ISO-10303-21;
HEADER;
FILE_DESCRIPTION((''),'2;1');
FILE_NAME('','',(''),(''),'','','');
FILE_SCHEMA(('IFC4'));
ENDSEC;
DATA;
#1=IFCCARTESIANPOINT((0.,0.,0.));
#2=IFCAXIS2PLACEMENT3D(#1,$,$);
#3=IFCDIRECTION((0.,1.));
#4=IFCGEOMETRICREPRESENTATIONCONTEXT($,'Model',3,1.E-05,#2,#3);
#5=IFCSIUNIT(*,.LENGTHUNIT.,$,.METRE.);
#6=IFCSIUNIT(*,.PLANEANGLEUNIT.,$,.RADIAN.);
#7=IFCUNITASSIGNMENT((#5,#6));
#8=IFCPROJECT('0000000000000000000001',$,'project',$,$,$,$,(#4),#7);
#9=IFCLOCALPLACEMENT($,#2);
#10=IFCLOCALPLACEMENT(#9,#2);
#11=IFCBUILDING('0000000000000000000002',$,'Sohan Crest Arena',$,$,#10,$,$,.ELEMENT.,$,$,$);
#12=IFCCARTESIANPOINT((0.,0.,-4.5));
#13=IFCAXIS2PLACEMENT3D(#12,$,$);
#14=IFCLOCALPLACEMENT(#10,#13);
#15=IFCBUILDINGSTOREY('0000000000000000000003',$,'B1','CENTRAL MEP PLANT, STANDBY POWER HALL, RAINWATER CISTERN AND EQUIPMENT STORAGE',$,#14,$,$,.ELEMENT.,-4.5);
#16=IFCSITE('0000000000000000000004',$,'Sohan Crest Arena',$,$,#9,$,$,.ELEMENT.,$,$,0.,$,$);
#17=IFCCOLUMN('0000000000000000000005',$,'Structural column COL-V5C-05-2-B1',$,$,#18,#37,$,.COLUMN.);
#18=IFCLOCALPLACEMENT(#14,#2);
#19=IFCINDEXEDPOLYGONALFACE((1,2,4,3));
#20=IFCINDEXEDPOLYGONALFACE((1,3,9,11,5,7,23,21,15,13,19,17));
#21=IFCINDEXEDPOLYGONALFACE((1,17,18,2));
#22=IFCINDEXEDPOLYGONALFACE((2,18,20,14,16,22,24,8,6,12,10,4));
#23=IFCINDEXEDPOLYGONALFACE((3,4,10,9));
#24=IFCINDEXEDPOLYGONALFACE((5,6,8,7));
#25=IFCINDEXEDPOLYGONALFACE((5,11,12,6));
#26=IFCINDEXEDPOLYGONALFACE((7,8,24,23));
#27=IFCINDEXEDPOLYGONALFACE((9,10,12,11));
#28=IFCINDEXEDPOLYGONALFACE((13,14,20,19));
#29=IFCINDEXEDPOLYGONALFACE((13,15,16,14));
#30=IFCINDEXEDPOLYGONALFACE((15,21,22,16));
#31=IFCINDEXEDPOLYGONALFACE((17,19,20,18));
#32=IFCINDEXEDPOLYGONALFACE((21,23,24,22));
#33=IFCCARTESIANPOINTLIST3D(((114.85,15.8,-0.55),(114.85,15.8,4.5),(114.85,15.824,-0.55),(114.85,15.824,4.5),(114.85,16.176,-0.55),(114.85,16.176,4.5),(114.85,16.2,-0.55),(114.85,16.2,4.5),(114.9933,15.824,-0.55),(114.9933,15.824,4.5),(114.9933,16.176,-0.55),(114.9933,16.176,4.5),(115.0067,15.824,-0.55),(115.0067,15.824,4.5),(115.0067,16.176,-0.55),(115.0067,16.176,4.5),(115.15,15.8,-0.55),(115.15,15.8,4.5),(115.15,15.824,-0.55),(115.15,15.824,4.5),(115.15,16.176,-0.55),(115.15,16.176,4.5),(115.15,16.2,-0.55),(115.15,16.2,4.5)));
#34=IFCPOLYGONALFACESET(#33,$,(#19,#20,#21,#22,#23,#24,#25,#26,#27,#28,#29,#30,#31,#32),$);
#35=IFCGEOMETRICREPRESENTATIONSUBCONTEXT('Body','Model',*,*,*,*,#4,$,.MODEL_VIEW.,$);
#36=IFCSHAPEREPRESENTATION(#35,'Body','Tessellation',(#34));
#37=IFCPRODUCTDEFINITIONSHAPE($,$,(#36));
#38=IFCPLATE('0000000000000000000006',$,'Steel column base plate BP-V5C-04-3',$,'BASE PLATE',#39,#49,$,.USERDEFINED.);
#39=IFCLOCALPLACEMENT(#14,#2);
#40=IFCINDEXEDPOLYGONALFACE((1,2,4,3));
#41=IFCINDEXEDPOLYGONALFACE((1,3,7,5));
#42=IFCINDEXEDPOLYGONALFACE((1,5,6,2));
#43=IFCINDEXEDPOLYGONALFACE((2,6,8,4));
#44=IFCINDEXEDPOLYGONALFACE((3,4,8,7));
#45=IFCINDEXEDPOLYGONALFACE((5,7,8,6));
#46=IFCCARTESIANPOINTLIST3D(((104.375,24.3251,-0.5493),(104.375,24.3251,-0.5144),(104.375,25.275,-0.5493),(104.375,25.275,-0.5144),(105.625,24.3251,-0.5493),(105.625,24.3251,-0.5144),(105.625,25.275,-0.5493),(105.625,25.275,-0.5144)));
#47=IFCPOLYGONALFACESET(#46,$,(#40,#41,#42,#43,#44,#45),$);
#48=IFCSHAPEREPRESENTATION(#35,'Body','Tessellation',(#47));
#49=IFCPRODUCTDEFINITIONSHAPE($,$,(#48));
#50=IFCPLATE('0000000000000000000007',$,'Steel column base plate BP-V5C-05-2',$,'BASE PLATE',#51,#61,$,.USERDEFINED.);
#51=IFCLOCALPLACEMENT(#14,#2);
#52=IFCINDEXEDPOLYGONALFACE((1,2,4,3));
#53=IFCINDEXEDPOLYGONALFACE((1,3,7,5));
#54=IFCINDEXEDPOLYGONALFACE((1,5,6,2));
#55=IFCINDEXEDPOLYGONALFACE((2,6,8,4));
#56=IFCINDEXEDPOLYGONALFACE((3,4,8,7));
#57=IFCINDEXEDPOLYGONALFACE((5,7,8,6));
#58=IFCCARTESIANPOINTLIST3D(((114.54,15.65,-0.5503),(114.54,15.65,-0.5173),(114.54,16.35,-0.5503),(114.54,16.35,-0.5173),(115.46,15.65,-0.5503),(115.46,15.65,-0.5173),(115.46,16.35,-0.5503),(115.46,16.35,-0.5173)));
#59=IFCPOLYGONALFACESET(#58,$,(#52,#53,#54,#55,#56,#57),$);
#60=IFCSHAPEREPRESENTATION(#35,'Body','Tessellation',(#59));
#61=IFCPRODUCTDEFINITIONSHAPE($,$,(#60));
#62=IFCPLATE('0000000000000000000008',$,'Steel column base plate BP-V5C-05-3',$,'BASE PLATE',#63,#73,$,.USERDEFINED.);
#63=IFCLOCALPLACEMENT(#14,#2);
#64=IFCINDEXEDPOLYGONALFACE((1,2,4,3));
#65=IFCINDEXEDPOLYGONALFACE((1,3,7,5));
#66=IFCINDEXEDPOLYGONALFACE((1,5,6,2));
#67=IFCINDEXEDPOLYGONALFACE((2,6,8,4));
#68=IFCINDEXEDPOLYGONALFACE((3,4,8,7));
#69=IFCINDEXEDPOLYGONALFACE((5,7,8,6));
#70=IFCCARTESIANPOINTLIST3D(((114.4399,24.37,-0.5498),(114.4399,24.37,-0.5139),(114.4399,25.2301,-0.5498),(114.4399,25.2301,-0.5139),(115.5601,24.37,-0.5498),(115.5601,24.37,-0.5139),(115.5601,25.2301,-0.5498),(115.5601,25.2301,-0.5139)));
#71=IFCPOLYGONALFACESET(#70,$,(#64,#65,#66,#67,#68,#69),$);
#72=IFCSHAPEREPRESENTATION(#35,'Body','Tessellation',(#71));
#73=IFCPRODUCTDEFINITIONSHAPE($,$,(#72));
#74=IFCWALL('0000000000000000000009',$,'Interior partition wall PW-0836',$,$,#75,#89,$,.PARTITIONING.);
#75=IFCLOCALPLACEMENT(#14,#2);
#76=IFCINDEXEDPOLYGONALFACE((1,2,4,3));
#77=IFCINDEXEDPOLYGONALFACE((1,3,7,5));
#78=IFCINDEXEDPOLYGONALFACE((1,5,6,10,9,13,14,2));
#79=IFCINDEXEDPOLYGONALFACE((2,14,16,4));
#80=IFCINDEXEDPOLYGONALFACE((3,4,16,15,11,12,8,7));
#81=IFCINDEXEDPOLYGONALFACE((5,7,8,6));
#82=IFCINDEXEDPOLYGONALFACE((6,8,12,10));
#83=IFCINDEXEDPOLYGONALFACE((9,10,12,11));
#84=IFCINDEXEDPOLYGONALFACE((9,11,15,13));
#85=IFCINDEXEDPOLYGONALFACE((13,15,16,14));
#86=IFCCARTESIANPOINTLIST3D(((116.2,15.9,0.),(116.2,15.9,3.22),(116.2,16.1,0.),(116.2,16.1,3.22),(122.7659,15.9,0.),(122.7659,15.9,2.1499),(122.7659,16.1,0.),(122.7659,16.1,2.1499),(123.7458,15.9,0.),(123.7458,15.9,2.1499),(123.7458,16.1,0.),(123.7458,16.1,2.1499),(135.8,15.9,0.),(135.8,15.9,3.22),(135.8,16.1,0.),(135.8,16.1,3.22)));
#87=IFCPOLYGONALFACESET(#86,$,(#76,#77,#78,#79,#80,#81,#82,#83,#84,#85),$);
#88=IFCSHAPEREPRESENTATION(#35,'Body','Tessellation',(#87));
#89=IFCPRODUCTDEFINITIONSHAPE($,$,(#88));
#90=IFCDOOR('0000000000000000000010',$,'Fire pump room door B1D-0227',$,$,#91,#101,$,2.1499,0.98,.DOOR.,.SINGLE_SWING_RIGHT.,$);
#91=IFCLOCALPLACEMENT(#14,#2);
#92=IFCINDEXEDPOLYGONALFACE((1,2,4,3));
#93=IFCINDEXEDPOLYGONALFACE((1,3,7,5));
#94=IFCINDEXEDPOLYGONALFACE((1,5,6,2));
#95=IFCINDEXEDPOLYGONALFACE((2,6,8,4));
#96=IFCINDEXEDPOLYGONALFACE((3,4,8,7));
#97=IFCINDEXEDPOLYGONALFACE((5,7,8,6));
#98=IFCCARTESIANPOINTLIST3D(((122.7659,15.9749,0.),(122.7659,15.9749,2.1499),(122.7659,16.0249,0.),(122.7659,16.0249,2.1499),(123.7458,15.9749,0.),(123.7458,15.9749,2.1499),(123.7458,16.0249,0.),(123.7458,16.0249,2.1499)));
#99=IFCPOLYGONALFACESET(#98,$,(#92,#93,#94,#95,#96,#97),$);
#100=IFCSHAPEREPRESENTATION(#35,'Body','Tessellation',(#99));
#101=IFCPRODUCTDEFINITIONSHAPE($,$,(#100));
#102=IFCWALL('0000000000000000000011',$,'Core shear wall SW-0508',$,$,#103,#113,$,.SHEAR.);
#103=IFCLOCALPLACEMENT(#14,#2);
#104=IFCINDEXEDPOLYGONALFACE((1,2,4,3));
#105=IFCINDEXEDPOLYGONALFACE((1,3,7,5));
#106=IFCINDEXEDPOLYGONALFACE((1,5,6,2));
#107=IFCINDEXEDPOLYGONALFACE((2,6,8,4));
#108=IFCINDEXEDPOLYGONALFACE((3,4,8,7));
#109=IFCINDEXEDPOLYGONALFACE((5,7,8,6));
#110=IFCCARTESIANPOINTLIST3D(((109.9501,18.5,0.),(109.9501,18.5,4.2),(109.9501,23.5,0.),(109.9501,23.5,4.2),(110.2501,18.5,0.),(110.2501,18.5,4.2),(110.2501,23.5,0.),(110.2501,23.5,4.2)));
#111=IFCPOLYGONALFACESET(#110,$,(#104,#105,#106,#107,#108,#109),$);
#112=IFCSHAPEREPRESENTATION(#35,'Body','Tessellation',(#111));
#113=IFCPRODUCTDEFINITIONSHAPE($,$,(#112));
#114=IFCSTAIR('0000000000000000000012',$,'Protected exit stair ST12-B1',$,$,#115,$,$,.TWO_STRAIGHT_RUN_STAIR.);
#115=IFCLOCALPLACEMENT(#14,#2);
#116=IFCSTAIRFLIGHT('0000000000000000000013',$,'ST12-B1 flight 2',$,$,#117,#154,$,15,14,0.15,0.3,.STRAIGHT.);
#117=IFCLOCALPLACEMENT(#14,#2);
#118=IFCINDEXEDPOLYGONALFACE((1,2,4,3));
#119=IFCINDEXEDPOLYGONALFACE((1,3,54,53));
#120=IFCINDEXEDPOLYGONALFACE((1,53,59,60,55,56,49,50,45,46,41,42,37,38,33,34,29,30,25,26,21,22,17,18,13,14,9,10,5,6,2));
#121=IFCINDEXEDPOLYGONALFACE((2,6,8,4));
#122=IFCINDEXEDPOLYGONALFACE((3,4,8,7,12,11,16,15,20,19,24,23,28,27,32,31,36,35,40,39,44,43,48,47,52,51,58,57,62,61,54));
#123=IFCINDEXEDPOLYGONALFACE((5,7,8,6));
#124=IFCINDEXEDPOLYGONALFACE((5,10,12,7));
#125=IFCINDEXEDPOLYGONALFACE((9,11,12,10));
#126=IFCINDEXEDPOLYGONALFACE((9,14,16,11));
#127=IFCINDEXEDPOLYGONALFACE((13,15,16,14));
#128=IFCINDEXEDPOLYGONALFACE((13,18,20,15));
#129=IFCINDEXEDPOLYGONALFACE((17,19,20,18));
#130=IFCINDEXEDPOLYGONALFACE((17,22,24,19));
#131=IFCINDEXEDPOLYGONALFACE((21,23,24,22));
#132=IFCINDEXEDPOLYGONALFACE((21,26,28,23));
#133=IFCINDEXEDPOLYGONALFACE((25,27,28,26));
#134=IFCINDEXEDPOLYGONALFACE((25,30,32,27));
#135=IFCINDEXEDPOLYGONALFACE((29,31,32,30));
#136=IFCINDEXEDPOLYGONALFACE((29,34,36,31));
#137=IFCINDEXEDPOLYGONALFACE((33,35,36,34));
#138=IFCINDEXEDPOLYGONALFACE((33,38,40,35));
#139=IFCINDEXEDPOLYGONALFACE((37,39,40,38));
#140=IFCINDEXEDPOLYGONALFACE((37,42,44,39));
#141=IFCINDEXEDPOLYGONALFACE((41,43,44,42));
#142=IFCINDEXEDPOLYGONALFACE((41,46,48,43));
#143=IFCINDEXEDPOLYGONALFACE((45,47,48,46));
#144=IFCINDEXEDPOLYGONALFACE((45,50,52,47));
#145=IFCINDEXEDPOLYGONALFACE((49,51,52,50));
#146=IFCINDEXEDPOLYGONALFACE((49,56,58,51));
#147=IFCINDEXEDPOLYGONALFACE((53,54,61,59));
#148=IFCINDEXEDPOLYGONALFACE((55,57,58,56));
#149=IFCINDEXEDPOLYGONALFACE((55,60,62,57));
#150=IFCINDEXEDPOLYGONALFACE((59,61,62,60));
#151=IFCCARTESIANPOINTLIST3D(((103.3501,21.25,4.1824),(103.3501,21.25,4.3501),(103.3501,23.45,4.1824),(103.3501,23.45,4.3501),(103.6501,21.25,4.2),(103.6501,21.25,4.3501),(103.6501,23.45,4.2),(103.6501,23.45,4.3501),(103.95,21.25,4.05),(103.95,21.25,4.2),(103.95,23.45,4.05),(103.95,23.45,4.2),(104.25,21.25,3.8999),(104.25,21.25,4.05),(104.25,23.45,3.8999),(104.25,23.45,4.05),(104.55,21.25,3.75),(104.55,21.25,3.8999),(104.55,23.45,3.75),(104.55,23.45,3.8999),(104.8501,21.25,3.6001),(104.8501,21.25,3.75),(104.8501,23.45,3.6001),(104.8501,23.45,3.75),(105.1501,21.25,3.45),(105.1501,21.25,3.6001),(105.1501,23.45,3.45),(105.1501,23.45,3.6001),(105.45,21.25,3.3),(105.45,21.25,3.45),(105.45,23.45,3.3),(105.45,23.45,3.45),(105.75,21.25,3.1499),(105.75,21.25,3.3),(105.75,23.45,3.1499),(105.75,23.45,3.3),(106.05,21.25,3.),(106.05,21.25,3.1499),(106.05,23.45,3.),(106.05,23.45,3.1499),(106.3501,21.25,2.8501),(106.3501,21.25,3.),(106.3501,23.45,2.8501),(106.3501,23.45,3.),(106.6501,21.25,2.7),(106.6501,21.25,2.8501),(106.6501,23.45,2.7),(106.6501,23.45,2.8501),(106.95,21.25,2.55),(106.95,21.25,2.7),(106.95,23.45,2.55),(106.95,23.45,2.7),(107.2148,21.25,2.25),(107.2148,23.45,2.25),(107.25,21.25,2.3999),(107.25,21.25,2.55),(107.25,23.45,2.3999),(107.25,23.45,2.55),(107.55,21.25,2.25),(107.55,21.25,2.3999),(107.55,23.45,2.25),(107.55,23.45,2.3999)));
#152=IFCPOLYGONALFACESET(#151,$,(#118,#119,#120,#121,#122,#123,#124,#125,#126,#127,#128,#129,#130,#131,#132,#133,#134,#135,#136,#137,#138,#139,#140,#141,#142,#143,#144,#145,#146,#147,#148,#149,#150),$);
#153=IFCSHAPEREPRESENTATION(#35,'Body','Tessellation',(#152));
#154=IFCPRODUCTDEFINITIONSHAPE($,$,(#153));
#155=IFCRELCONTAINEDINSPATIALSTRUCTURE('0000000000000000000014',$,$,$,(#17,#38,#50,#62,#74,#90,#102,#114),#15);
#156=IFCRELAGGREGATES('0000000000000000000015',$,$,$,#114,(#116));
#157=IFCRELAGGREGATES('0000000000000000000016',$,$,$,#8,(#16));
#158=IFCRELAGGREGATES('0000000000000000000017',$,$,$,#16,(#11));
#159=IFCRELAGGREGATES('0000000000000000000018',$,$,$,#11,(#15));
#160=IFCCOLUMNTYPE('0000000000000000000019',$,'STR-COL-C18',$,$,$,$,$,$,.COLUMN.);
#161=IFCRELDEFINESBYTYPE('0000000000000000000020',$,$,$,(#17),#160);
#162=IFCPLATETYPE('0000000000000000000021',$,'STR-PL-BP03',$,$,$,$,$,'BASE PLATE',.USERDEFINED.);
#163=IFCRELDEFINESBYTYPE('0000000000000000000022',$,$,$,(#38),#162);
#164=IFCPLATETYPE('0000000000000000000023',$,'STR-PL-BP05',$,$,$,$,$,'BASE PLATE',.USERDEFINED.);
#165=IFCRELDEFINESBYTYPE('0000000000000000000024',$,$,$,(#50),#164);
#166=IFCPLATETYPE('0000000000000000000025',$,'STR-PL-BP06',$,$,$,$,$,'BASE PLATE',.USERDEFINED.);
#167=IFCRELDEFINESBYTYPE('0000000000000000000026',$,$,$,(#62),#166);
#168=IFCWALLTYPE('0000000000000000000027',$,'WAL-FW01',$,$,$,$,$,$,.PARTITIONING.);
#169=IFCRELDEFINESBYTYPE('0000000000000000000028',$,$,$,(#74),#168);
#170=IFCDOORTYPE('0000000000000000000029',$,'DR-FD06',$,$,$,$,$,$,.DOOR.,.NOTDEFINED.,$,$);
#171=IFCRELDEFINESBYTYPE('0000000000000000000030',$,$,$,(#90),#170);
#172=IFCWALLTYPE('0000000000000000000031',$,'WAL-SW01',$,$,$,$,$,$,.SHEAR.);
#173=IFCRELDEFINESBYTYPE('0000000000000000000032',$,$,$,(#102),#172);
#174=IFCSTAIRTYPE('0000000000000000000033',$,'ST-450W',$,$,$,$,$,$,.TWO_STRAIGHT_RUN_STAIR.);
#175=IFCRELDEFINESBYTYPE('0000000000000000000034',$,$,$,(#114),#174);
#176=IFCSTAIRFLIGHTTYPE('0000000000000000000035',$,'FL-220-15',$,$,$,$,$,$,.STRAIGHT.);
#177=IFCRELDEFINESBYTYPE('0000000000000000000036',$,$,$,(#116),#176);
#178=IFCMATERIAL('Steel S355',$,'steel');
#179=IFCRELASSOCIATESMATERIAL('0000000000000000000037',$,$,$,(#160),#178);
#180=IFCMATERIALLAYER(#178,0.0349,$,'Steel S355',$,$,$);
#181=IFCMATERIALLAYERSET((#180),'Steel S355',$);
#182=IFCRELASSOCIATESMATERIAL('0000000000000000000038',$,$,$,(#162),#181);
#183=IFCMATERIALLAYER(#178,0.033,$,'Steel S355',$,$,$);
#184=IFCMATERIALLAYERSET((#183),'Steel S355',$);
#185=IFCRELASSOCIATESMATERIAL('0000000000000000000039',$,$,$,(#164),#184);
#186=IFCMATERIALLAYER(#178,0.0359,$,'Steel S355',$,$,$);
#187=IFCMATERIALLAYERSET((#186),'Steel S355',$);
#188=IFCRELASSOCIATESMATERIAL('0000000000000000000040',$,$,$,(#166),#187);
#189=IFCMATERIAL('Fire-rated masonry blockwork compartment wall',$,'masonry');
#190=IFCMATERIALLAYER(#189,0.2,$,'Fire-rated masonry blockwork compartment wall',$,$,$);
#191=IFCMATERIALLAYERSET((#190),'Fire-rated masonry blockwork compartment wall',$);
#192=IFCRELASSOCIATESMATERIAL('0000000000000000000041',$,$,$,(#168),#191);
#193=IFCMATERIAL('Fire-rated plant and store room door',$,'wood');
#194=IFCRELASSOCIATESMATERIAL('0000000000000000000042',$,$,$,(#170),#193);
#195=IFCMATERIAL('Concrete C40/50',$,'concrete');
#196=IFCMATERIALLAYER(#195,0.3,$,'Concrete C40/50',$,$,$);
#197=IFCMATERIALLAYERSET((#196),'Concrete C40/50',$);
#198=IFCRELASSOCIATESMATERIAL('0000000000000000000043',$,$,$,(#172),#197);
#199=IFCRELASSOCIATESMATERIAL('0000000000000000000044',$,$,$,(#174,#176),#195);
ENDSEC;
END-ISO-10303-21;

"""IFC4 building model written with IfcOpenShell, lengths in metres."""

from ifc_helpers import new_model, si_unit, direction, frame, frame_2d, origin, origin_2d, place, context, subcontext, project, spatial, polyline, rectangle, i_section, outline, extrude, material, layer, layer_set, material_profile, profile_set, type_object, element, fill, aggregate, save


model = new_model("IFC4")

# Units and contexts
model_context = context("Model", 3, precision=1e-05, world=origin(), true_north=direction((0.0, 1.0)))
body_context = subcontext(model_context, "Body", "Model", "MODEL_VIEW")
ifc_project = project(units=[si_unit("LENGTHUNIT", "METRE"), si_unit("PLANEANGLEUNIT", "RADIAN")], contexts=[model_context])

# Site, building, storey
site_placement = place(None, origin())
site = spatial("IfcSite", under=ifc_project, at=site_placement, Name="Sohan Crest Arena", CompositionType="ELEMENT", RefElevation=0.0)
building_placement = place(site_placement, origin())
building = spatial("IfcBuilding", under=site, at=building_placement, Name="Sohan Crest Arena", CompositionType="ELEMENT")
storey_placement = place(building_placement, frame((0.0, 0.0, -4.5)))
storey = spatial("IfcBuildingStorey", under=building, at=storey_placement, Name="B1", Description="CENTRAL MEP PLANT, STANDBY POWER HALL, RAINWATER CISTERN AND EQUIPMENT STORAGE", CompositionType="ELEMENT", Elevation=-4.5)

# Shared definitions
ifc_material_1 = material(Name="Concrete C40/50", Category="concrete")

# Column
ifc_material_2 = material(Name="Steel S355", Category="steel")
ifc_material_profile_1 = material_profile(ifc_material_2, i_section(OverallWidth=0.3, OverallDepth=0.3999, WebThickness=0.0134, FlangeThickness=0.0239, at=origin_2d()), Name="HEB 400")
ifc_profile_set_1 = profile_set([ifc_material_profile_1], Name="Steel S355")
column_type_1 = type_object("IfcColumnType", Name="STR-COL-C18", PredefinedType="COLUMN", material=ifc_profile_set_1)
for number, where, z_axis, x_axis, name in (
    (1, (115.0, 16.0, -0.55), (0.0, 0.0, 1.0), (1.0, 0.0, 0.0), "Structural column COL-V5C-05-2-B1"),
):
    element("IfcColumn", number, at=place(storey_placement, frame(where, z_axis=z_axis, x_axis=x_axis)), inside=storey, type_object=column_type_1, Name=name, PredefinedType="COLUMN", context=body_context, shape_type="SweptSolid", body=[
        extrude(i_section(OverallWidth=0.3, OverallDepth=0.3999, WebThickness=0.0134, FlangeThickness=0.0239, at=origin_2d()), origin(), (0.0, 0.0, 1.0), 5.05),
    ])

# Plates
ifc_layer_1 = layer(ifc_material_2, 0.0349, Name="Steel S355")
ifc_layer_set_1 = layer_set([ifc_layer_1], Name="Steel S355")
plate_type_1 = type_object("IfcPlateType", Name="STR-PL-BP03", ElementType="BASE PLATE", PredefinedType="USERDEFINED", material=ifc_layer_set_1)
plate_1_placement = place(storey_placement, frame((105.0, 24.8, -0.5493), z_axis=(0.0, 0.0, 1.0), x_axis=(1.0, 0.0, 0.0)))
element("IfcPlate", 2, at=plate_1_placement, inside=storey, type_object=plate_type_1, Name="Steel column base plate BP-V5C-04-3", ObjectType="BASE PLATE", PredefinedType="USERDEFINED", context=body_context, shape_type="SweptSolid", body=[
    extrude(rectangle(XDim=1.25, YDim=0.95, at=origin_2d()), origin(), (0.0, 0.0, 1.0), 0.0349),
])
ifc_layer_2 = layer(ifc_material_2, 0.033, Name="Steel S355")
ifc_layer_set_2 = layer_set([ifc_layer_2], Name="Steel S355")
plate_type_2 = type_object("IfcPlateType", Name="STR-PL-BP05", ElementType="BASE PLATE", PredefinedType="USERDEFINED", material=ifc_layer_set_2)
plate_2_placement = place(storey_placement, frame((115.0, 16.0, -0.5503), z_axis=(0.0, 0.0, 1.0), x_axis=(1.0, 0.0, 0.0)))
element("IfcPlate", 3, at=plate_2_placement, inside=storey, type_object=plate_type_2, Name="Steel column base plate BP-V5C-05-2", ObjectType="BASE PLATE", PredefinedType="USERDEFINED", context=body_context, shape_type="SweptSolid", body=[
    extrude(rectangle(XDim=0.9199, YDim=0.7, at=origin_2d()), origin(), (0.0, 0.0, 1.0), 0.033),
])
ifc_layer_3 = layer(ifc_material_2, 0.0359, Name="Steel S355")
ifc_layer_set_3 = layer_set([ifc_layer_3], Name="Steel S355")
plate_type_3 = type_object("IfcPlateType", Name="STR-PL-BP06", ElementType="BASE PLATE", PredefinedType="USERDEFINED", material=ifc_layer_set_3)
plate_3_placement = place(storey_placement, frame((115.0, 24.8, -0.5498), z_axis=(0.0, 0.0, 1.0), x_axis=(1.0, 0.0, 0.0)))
element("IfcPlate", 4, at=plate_3_placement, inside=storey, type_object=plate_type_3, Name="Steel column base plate BP-V5C-05-3", ObjectType="BASE PLATE", PredefinedType="USERDEFINED", context=body_context, shape_type="SweptSolid", body=[
    extrude(rectangle(XDim=1.1201, YDim=0.8601, at=origin_2d()), origin(), (0.0, 0.0, 1.0), 0.0359),
])

# Wall, opening, door
ifc_material_3 = material(Name="Fire-rated masonry blockwork compartment wall", Category="masonry")
ifc_layer_4 = layer(ifc_material_3, 0.2, Name="Fire-rated masonry blockwork compartment wall")
ifc_layer_set_4 = layer_set([ifc_layer_4], Name="Fire-rated masonry blockwork compartment wall")
wall_type_1 = type_object("IfcWallType", Name="WAL-FW01", PredefinedType="PARTITIONING", material=ifc_layer_set_4)
wall_1_placement = place(storey_placement, frame((116.2, 16.0, 0.0), z_axis=(0.0, 0.0, 1.0), x_axis=(1.0, 0.0, 0.0)))
wall_1 = element("IfcWall", 5, at=wall_1_placement, inside=storey, type_object=wall_type_1, Name="Interior partition wall PW-0836", PredefinedType="PARTITIONING", context=body_context, shape_type="SweptSolid", body=[
    extrude(rectangle(XDim=19.6001, YDim=0.2, at=frame_2d((9.8, 0.0))), origin(), (0.0, 0.0, 1.0), 3.22),
])
opening_placement = place(wall_1_placement, frame((6.5659, 0.0, 0.0)))
opening = element("IfcOpeningElement", 6, at=opening_placement, cuts=wall_1, PredefinedType="OPENING", context=body_context, shape_type="SweptSolid", body=[
    extrude(rectangle(XDim=0.98, YDim=2.1499, at=frame_2d((0.49, 1.075))), frame((0.0, 0.1099, 0.0), z_axis=(0.0, -1.0, 0.0), x_axis=(1.0, 0.0, 0.0)), (0.0, 0.0, 1.0), 0.22),
])
ifc_material_4 = material(Name="Fire-rated plant and store room door", Category="wood")
door_type = type_object("IfcDoorType", Name="DR-FD06", OperationType="NOTDEFINED", PredefinedType="DOOR", material=ifc_material_4)
door_placement = place(opening_placement, origin())
door = element("IfcDoor", 7, at=door_placement, inside=storey, type_object=door_type, Name="Fire pump room door B1D-0227", OperationType="SINGLE_SWING_RIGHT", OverallHeight=2.1499, OverallWidth=0.98, PredefinedType="DOOR", context=body_context, shape_type="SweptSolid", body=[
    extrude(rectangle(XDim=0.98, YDim=2.1499, at=frame_2d((0.49, 1.075))), frame((0.0, 0.0249, 0.0), z_axis=(0.0, -1.0, 0.0), x_axis=(1.0, 0.0, 0.0)), (0.0, 0.0, 1.0), 0.05),
])
fill(opening, door)

# Wall
ifc_layer_5 = layer(ifc_material_1, 0.3, Name="Concrete C40/50")
ifc_layer_set_5 = layer_set([ifc_layer_5], Name="Concrete C40/50")
wall_type_2 = type_object("IfcWallType", Name="WAL-SW01", PredefinedType="SHEAR", material=ifc_layer_set_5)
wall_2_placement = place(storey_placement, frame((110.1001, 18.5, 0.0), z_axis=(0.0, 0.0, 1.0), x_axis=(0.0, 1.0, 0.0)))
element("IfcWall", 8, at=wall_2_placement, inside=storey, type_object=wall_type_2, Name="Core shear wall SW-0508", PredefinedType="SHEAR", context=body_context, shape_type="SweptSolid", body=[
    extrude(rectangle(XDim=5.0, YDim=0.3, at=frame_2d((2.5, 0.0))), origin(), (0.0, 0.0, 1.0), 4.2),
])

# Stair, stair flight
stair_type = type_object("IfcStairType", Name="ST-450W", PredefinedType="TWO_STRAIGHT_RUN_STAIR", material=ifc_material_1)
stair_placement = place(storey_placement, origin())
stair = element("IfcStair", 9, at=stair_placement, inside=storey, type_object=stair_type, Name="Protected exit stair ST12-B1", PredefinedType="TWO_STRAIGHT_RUN_STAIR")
stair_flight_type = type_object("IfcStairFlightType", Name="FL-220-15", PredefinedType="STRAIGHT", material=ifc_material_1)
stair_flight_placement = place(storey_placement, frame((107.55, 22.3501, 2.25), z_axis=(0.0, 0.0, 1.0), x_axis=(-1.0, 0.0, 0.0)))
stair_flight = element("IfcStairFlight", 10, at=stair_flight_placement, type_object=stair_flight_type, Name="ST12-B1 flight 2", NumberOfRisers=15, NumberOfTreads=14, PredefinedType="STRAIGHT", RiserHeight=0.15, TreadLength=0.3, context=body_context, shape_type="SweptSolid", body=[
    extrude(outline(polyline([(0.0, 0.0), (0.0, 0.1499), (0.3, 0.1499), (0.3, 0.3), (0.6001, 0.3), (0.6001, 0.45), (0.8999, 0.45), (0.8999, 0.6001), (1.2, 0.6001), (1.2, 0.75), (1.5, 0.75), (1.5, 0.8999), (1.8, 0.8999), (1.8, 1.05), (2.1001, 1.05), (2.1001, 1.2), (2.3999, 1.2), (2.3999, 1.3501), (2.7, 1.3501), (2.7, 1.5), (3.0, 1.5), (3.0, 1.6499), (3.3, 1.6499), (3.3, 1.8), (3.6001, 1.8), (3.6001, 1.95), (3.8999, 1.95), (3.8999, 2.1001), (4.2, 2.1001), (4.2, 2.25), (4.2, 1.9324), (0.3352, 0.0), (0.0, 0.0)])), frame((0.0, 1.1001, 0.0), z_axis=(0.0, -1.0, 0.0), x_axis=(1.0, 0.0, 0.0)), (0.0, 0.0, 1.0), 2.2),
])
aggregate(stair, [stair_flight])

save(model, "model.ifc")
